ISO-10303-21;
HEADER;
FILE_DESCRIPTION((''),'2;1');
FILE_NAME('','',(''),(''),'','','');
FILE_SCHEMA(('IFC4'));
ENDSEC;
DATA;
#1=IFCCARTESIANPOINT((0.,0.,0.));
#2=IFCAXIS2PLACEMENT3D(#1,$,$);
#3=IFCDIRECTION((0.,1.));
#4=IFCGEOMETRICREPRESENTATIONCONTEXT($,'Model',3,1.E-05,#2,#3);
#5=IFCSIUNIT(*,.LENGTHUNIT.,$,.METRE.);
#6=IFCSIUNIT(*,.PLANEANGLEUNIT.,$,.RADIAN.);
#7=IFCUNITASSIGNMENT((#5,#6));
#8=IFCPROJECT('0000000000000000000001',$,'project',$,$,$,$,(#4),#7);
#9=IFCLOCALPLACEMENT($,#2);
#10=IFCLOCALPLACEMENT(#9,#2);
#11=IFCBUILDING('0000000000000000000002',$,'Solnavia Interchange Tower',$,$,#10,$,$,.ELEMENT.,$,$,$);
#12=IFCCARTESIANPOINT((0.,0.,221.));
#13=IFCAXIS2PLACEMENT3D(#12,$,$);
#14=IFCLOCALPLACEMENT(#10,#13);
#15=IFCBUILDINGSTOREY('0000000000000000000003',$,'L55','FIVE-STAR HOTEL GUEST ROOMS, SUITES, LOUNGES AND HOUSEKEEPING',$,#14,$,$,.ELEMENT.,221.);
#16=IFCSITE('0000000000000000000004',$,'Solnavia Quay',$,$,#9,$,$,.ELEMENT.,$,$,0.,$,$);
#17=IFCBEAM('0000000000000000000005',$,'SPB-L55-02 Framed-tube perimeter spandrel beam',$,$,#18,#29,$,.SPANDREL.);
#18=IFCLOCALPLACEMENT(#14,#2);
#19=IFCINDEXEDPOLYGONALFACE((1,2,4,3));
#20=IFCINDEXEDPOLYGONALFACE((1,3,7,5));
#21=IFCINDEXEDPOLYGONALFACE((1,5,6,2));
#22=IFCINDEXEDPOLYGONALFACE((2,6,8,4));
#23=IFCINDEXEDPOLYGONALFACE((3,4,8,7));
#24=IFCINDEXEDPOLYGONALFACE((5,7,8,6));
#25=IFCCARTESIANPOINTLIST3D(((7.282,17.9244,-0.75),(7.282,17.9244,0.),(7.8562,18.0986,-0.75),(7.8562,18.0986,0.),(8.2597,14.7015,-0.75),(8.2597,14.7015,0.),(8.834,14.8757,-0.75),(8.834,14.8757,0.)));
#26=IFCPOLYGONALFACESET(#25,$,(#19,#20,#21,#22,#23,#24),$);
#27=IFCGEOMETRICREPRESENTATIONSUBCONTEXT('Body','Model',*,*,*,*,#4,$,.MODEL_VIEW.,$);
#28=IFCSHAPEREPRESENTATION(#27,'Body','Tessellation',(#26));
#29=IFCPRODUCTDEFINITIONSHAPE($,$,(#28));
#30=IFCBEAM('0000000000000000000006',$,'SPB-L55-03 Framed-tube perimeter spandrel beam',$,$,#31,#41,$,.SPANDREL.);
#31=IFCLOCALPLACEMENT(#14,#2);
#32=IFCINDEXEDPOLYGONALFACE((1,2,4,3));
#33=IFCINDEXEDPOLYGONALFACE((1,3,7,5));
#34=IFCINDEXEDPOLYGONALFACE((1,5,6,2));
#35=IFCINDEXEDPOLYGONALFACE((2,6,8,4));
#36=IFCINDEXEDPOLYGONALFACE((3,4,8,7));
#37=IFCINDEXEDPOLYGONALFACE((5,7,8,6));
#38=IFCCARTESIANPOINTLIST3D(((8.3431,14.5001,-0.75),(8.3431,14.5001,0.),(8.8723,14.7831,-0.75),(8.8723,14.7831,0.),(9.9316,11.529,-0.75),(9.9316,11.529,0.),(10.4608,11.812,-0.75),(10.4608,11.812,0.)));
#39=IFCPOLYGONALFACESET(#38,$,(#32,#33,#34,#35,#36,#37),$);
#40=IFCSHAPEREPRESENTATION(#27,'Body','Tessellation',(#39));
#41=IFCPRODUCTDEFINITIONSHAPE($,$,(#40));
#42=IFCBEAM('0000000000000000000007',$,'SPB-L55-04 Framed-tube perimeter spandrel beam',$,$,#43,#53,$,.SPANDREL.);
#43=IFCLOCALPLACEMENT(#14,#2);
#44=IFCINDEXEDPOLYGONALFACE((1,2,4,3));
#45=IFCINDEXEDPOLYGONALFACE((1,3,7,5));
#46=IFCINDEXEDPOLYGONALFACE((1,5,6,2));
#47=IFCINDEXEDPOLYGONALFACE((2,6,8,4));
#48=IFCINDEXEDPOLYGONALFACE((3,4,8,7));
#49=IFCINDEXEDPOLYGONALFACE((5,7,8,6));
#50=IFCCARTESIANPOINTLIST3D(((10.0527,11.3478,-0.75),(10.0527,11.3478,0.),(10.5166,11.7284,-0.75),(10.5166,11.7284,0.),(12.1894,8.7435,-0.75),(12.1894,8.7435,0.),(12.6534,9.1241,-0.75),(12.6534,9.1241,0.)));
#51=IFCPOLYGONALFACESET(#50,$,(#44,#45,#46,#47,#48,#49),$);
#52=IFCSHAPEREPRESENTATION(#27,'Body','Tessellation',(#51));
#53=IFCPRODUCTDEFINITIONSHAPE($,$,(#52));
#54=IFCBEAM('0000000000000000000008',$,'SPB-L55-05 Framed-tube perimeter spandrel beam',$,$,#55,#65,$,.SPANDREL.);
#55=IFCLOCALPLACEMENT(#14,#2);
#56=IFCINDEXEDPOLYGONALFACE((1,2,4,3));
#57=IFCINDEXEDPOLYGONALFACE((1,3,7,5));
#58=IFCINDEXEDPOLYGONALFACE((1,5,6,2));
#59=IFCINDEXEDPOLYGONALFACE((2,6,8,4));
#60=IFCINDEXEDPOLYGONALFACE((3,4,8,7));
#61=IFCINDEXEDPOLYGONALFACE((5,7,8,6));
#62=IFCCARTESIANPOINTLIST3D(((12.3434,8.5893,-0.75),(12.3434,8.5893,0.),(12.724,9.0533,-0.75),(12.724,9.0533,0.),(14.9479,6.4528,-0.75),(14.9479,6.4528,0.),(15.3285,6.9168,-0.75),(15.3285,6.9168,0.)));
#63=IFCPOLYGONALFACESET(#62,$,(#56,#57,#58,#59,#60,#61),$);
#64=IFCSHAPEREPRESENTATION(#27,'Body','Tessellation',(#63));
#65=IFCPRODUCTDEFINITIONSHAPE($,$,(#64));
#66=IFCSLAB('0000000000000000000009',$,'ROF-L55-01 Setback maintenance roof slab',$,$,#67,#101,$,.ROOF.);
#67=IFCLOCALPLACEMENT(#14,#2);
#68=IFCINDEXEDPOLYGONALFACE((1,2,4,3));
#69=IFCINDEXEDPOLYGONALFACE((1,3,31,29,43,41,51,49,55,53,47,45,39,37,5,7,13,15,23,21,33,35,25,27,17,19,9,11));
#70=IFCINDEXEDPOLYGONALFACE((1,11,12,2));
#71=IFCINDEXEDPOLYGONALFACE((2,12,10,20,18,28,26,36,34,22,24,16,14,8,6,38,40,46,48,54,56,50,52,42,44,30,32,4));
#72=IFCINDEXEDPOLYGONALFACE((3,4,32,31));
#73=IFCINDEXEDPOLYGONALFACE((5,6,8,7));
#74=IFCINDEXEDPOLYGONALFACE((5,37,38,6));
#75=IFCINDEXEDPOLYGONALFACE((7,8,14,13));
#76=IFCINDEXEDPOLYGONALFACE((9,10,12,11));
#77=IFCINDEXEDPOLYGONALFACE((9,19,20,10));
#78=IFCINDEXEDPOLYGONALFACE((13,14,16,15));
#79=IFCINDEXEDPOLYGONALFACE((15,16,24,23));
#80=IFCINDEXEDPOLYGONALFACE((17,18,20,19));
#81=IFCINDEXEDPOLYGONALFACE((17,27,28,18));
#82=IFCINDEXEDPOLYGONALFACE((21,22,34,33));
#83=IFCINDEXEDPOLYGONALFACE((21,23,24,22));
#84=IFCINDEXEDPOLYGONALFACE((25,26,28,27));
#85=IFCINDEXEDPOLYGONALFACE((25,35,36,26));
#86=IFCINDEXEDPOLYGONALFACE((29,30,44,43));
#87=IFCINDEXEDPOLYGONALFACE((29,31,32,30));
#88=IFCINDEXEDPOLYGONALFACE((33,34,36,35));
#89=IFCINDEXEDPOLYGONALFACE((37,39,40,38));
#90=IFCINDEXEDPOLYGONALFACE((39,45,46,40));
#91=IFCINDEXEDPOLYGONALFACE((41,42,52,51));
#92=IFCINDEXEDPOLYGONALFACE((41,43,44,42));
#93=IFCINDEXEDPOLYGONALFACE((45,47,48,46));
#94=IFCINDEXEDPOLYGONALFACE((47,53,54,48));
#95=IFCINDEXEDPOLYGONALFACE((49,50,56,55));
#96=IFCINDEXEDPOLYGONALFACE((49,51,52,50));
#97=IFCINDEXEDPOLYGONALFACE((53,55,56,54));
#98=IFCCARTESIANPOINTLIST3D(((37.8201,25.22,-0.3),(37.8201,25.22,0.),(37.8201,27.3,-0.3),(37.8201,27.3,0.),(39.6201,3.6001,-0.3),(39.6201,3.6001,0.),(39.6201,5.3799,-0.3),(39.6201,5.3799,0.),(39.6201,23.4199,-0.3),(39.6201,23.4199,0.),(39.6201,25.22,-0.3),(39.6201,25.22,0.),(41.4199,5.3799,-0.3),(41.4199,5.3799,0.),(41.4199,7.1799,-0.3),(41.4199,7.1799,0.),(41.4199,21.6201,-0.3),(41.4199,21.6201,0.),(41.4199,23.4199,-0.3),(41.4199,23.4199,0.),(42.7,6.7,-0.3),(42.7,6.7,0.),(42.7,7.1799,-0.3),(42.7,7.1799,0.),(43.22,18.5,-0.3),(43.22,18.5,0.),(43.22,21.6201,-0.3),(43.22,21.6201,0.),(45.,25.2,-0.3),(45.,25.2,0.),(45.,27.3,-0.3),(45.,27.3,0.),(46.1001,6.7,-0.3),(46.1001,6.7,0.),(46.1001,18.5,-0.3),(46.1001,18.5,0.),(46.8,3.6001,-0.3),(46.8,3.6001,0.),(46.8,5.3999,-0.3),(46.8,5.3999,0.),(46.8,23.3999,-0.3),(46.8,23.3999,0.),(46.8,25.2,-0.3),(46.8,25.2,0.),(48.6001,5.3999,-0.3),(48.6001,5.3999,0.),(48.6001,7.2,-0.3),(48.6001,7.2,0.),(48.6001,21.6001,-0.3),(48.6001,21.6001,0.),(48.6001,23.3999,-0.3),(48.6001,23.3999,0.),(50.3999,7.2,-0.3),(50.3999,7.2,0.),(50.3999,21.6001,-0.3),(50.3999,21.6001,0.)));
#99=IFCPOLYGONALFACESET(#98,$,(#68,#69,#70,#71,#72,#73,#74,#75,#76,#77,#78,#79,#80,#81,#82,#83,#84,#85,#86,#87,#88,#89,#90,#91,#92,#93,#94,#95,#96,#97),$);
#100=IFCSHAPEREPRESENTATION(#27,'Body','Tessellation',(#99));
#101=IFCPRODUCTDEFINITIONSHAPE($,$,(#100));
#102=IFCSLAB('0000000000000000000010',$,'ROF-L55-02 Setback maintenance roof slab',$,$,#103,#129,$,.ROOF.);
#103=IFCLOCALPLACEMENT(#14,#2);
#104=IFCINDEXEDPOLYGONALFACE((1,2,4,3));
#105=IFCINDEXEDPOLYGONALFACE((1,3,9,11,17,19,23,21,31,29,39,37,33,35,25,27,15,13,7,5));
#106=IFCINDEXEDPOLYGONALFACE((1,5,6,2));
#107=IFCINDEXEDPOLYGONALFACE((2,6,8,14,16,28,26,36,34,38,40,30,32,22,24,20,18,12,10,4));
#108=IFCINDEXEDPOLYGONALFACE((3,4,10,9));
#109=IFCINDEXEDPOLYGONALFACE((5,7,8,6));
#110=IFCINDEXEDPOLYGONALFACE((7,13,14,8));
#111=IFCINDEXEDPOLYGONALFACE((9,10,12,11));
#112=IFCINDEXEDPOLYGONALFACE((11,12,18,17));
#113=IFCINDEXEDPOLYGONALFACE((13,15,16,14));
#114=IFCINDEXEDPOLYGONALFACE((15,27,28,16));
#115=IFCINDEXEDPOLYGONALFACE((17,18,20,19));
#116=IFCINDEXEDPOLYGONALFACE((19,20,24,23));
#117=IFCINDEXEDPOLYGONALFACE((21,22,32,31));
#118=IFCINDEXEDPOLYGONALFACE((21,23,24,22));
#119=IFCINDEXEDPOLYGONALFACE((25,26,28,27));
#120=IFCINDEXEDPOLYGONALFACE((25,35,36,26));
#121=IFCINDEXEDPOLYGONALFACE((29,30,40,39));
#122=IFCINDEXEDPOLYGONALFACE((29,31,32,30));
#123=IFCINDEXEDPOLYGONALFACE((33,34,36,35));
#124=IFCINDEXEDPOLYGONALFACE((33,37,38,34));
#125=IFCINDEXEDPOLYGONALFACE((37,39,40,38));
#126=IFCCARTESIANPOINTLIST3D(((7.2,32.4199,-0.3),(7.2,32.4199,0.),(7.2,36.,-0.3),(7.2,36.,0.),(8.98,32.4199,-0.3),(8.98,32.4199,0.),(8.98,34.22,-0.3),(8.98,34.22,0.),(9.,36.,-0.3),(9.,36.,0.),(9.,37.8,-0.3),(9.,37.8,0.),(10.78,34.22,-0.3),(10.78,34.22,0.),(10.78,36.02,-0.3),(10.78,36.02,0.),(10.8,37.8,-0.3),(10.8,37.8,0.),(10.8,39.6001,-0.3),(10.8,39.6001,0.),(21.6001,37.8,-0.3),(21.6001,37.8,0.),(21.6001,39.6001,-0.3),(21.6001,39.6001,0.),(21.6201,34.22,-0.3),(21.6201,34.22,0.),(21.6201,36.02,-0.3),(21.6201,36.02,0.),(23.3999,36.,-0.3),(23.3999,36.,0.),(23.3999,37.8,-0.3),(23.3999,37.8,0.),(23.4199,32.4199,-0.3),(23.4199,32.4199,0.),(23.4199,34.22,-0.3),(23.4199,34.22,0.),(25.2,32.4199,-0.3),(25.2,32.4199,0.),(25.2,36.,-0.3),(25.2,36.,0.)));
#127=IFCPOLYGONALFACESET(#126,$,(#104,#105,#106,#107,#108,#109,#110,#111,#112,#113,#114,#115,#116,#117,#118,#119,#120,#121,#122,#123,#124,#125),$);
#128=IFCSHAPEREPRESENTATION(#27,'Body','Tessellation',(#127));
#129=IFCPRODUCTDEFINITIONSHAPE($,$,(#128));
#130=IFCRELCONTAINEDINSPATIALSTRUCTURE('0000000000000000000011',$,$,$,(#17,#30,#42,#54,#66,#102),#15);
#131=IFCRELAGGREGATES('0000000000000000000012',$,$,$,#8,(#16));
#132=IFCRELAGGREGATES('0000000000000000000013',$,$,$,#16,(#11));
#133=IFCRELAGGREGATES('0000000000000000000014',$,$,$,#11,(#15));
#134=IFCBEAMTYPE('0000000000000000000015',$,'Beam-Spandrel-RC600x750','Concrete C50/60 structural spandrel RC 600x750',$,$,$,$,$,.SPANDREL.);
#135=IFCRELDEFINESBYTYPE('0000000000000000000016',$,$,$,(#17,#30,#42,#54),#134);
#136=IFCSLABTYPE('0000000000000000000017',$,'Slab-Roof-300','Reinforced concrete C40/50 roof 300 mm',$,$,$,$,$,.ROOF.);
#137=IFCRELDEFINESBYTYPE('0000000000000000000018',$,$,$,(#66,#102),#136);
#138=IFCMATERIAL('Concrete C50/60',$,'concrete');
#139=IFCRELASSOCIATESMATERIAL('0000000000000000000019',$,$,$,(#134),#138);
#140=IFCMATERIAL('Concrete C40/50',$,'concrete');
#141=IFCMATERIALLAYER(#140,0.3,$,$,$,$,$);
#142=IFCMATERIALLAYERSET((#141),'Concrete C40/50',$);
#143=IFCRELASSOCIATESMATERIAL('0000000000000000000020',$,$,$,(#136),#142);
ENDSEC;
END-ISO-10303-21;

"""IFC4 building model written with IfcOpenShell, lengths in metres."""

from ifc_helpers import new_model, si_unit, direction, frame, origin, origin_2d, place, context, subcontext, project, spatial, polyline, rectangle, outline, extrude, material, layer, layer_set, material_profile, profile_set, type_object, element, save


model = new_model("IFC4")

# Units and contexts
model_context = context("Model", 3, precision=1e-05, world=origin(), true_north=direction((0.0, 1.0)))
body_context = subcontext(model_context, "Body", "Model", "MODEL_VIEW")
ifc_project = project(units=[si_unit("LENGTHUNIT", "METRE"), si_unit("PLANEANGLEUNIT", "RADIAN")], contexts=[model_context])

# Site, building, storey
site_placement = place(None, origin())
site = spatial("IfcSite", under=ifc_project, at=site_placement, Name="Solnavia Quay", CompositionType="ELEMENT", RefElevation=0.0)
building_placement = place(site_placement, origin())
building = spatial("IfcBuilding", under=site, at=building_placement, Name="Solnavia Interchange Tower", CompositionType="ELEMENT")
storey_placement = place(building_placement, frame((0.0, 0.0, 221.0)))
storey = spatial("IfcBuildingStorey", under=building, at=storey_placement, Name="L55", Description="FIVE-STAR HOTEL GUEST ROOMS, SUITES, LOUNGES AND HOUSEKEEPING", CompositionType="ELEMENT", Elevation=221.0)

# Shared definitions
ifc_material_1 = material(Name="Concrete C50/60", Category="concrete")

# Beams
ifc_material_profile_1 = material_profile(ifc_material_1, rectangle(XDim=0.6001, YDim=0.75, at=origin_2d()), Name="RC 600x750")
ifc_profile_set_1 = profile_set([ifc_material_profile_1], Name="Concrete C50/60")
beam_type_1 = type_object("IfcBeamType", Name="Beam-Spandrel-RC600x750", Description="Concrete C50/60 structural spandrel RC 600x750", PredefinedType="SPANDREL", material=ifc_profile_set_1)
beam_1_placement = place(storey_placement, frame((7.5691, 18.0115, -0.375), z_axis=(0.290319, -0.95693, 0.0), x_axis=(0.95693, 0.290319, 0.0)))
element("IfcBeam", 1, at=beam_1_placement, inside=storey, type_object=beam_type_1, Name="SPB-L55-02 Framed-tube perimeter spandrel beam", PredefinedType="SPANDREL", context=body_context, shape_type="SweptSolid", body=[
    extrude(rectangle(XDim=0.6001, YDim=0.75, at=origin_2d()), origin(), (0.0, 0.0, 1.0), 3.3679),
])
beam_2_placement = place(storey_placement, frame((8.6077, 14.6416, -0.375), z_axis=(0.471509, -0.881861, 0.0), x_axis=(0.881861, 0.471509, 0.0)))
element("IfcBeam", 2, at=beam_2_placement, inside=storey, type_object=beam_type_1, Name="SPB-L55-03 Framed-tube perimeter spandrel beam", PredefinedType="SPANDREL", context=body_context, shape_type="SweptSolid", body=[
    extrude(rectangle(XDim=0.6001, YDim=0.75, at=origin_2d()), origin(), (0.0, 0.0, 1.0), 3.3691),
])
for number, where, z_axis, x_axis, name in (
    (3, (10.2847, 11.5381, -0.375), (0.634299, -0.773088, 0.0), (0.773088, 0.634299, 0.0), "SPB-L55-04 Framed-tube perimeter spandrel beam"),
    (4, (12.5337, 8.8213, -0.375), (0.773153, -0.63422, 0.0), (0.63422, 0.773153, 0.0), "SPB-L55-05 Framed-tube perimeter spandrel beam"),
):
    element("IfcBeam", number, at=place(storey_placement, frame(where, z_axis=z_axis, x_axis=x_axis)), inside=storey, type_object=beam_type_1, Name=name, PredefinedType="SPANDREL", context=body_context, shape_type="SweptSolid", body=[
        extrude(rectangle(XDim=0.6001, YDim=0.75, at=origin_2d()), origin(), (0.0, 0.0, 1.0), 3.3687),
    ])

# Slabs
ifc_material_2 = material(Name="Concrete C40/50", Category="concrete")
ifc_layer_1 = layer(ifc_material_2, 0.3)
ifc_layer_set_1 = layer_set([ifc_layer_1], Name="Concrete C40/50")
slab_type_1 = type_object("IfcSlabType", Name="Slab-Roof-300", Description="Reinforced concrete C40/50 roof 300 mm", PredefinedType="ROOF", material=ifc_layer_set_1)
slab_1_placement = place(storey_placement, frame((0.0, 0.0, -0.3)))
element("IfcSlab", 5, at=slab_1_placement, inside=storey, type_object=slab_type_1, Name="ROF-L55-01 Setback maintenance roof slab", PredefinedType="ROOF", context=body_context, shape_type="SweptSolid", body=[
    extrude(outline(polyline([(45.0, 25.2), (46.8, 25.2), (46.8, 23.3999), (48.6001, 23.3999), (48.6001, 21.6001), (50.3999, 21.6001), (50.3999, 7.2), (48.6001, 7.2), (48.6001, 5.3999), (46.8, 5.3999), (46.8, 3.6001), (39.6201, 3.6001), (39.6201, 5.3799), (41.4199, 5.3799), (41.4199, 7.1799), (42.7, 7.1799), (42.7, 6.7), (46.1001, 6.7), (46.1001, 18.5), (43.22, 18.5), (43.22, 21.6201), (41.4199, 21.6201), (41.4199, 23.4199), (39.6201, 23.4199), (39.6201, 25.22), (37.8201, 25.22), (37.8201, 27.3), (45.0, 27.3), (45.0, 25.2)])), origin(), (0.0, 0.0, 1.0), 0.3),
])
slab_2_placement = place(storey_placement, frame((0.0, 0.0, -0.3)))
element("IfcSlab", 6, at=slab_2_placement, inside=storey, type_object=slab_type_1, Name="ROF-L55-02 Setback maintenance roof slab", PredefinedType="ROOF", context=body_context, shape_type="SweptSolid", body=[
    extrude(outline(polyline([(9.0, 36.0), (9.0, 37.8), (10.8, 37.8), (10.8, 39.6001), (21.6001, 39.6001), (21.6001, 37.8), (23.3999, 37.8), (23.3999, 36.0), (25.2, 36.0), (25.2, 32.4199), (23.4199, 32.4199), (23.4199, 34.22), (21.6201, 34.22), (21.6201, 36.02), (10.78, 36.02), (10.78, 34.22), (8.98, 34.22), (8.98, 32.4199), (7.2, 32.4199), (7.2, 36.0), (9.0, 36.0)])), origin(), (0.0, 0.0, 1.0), 0.3),
])

save(model, "model.ifc")
